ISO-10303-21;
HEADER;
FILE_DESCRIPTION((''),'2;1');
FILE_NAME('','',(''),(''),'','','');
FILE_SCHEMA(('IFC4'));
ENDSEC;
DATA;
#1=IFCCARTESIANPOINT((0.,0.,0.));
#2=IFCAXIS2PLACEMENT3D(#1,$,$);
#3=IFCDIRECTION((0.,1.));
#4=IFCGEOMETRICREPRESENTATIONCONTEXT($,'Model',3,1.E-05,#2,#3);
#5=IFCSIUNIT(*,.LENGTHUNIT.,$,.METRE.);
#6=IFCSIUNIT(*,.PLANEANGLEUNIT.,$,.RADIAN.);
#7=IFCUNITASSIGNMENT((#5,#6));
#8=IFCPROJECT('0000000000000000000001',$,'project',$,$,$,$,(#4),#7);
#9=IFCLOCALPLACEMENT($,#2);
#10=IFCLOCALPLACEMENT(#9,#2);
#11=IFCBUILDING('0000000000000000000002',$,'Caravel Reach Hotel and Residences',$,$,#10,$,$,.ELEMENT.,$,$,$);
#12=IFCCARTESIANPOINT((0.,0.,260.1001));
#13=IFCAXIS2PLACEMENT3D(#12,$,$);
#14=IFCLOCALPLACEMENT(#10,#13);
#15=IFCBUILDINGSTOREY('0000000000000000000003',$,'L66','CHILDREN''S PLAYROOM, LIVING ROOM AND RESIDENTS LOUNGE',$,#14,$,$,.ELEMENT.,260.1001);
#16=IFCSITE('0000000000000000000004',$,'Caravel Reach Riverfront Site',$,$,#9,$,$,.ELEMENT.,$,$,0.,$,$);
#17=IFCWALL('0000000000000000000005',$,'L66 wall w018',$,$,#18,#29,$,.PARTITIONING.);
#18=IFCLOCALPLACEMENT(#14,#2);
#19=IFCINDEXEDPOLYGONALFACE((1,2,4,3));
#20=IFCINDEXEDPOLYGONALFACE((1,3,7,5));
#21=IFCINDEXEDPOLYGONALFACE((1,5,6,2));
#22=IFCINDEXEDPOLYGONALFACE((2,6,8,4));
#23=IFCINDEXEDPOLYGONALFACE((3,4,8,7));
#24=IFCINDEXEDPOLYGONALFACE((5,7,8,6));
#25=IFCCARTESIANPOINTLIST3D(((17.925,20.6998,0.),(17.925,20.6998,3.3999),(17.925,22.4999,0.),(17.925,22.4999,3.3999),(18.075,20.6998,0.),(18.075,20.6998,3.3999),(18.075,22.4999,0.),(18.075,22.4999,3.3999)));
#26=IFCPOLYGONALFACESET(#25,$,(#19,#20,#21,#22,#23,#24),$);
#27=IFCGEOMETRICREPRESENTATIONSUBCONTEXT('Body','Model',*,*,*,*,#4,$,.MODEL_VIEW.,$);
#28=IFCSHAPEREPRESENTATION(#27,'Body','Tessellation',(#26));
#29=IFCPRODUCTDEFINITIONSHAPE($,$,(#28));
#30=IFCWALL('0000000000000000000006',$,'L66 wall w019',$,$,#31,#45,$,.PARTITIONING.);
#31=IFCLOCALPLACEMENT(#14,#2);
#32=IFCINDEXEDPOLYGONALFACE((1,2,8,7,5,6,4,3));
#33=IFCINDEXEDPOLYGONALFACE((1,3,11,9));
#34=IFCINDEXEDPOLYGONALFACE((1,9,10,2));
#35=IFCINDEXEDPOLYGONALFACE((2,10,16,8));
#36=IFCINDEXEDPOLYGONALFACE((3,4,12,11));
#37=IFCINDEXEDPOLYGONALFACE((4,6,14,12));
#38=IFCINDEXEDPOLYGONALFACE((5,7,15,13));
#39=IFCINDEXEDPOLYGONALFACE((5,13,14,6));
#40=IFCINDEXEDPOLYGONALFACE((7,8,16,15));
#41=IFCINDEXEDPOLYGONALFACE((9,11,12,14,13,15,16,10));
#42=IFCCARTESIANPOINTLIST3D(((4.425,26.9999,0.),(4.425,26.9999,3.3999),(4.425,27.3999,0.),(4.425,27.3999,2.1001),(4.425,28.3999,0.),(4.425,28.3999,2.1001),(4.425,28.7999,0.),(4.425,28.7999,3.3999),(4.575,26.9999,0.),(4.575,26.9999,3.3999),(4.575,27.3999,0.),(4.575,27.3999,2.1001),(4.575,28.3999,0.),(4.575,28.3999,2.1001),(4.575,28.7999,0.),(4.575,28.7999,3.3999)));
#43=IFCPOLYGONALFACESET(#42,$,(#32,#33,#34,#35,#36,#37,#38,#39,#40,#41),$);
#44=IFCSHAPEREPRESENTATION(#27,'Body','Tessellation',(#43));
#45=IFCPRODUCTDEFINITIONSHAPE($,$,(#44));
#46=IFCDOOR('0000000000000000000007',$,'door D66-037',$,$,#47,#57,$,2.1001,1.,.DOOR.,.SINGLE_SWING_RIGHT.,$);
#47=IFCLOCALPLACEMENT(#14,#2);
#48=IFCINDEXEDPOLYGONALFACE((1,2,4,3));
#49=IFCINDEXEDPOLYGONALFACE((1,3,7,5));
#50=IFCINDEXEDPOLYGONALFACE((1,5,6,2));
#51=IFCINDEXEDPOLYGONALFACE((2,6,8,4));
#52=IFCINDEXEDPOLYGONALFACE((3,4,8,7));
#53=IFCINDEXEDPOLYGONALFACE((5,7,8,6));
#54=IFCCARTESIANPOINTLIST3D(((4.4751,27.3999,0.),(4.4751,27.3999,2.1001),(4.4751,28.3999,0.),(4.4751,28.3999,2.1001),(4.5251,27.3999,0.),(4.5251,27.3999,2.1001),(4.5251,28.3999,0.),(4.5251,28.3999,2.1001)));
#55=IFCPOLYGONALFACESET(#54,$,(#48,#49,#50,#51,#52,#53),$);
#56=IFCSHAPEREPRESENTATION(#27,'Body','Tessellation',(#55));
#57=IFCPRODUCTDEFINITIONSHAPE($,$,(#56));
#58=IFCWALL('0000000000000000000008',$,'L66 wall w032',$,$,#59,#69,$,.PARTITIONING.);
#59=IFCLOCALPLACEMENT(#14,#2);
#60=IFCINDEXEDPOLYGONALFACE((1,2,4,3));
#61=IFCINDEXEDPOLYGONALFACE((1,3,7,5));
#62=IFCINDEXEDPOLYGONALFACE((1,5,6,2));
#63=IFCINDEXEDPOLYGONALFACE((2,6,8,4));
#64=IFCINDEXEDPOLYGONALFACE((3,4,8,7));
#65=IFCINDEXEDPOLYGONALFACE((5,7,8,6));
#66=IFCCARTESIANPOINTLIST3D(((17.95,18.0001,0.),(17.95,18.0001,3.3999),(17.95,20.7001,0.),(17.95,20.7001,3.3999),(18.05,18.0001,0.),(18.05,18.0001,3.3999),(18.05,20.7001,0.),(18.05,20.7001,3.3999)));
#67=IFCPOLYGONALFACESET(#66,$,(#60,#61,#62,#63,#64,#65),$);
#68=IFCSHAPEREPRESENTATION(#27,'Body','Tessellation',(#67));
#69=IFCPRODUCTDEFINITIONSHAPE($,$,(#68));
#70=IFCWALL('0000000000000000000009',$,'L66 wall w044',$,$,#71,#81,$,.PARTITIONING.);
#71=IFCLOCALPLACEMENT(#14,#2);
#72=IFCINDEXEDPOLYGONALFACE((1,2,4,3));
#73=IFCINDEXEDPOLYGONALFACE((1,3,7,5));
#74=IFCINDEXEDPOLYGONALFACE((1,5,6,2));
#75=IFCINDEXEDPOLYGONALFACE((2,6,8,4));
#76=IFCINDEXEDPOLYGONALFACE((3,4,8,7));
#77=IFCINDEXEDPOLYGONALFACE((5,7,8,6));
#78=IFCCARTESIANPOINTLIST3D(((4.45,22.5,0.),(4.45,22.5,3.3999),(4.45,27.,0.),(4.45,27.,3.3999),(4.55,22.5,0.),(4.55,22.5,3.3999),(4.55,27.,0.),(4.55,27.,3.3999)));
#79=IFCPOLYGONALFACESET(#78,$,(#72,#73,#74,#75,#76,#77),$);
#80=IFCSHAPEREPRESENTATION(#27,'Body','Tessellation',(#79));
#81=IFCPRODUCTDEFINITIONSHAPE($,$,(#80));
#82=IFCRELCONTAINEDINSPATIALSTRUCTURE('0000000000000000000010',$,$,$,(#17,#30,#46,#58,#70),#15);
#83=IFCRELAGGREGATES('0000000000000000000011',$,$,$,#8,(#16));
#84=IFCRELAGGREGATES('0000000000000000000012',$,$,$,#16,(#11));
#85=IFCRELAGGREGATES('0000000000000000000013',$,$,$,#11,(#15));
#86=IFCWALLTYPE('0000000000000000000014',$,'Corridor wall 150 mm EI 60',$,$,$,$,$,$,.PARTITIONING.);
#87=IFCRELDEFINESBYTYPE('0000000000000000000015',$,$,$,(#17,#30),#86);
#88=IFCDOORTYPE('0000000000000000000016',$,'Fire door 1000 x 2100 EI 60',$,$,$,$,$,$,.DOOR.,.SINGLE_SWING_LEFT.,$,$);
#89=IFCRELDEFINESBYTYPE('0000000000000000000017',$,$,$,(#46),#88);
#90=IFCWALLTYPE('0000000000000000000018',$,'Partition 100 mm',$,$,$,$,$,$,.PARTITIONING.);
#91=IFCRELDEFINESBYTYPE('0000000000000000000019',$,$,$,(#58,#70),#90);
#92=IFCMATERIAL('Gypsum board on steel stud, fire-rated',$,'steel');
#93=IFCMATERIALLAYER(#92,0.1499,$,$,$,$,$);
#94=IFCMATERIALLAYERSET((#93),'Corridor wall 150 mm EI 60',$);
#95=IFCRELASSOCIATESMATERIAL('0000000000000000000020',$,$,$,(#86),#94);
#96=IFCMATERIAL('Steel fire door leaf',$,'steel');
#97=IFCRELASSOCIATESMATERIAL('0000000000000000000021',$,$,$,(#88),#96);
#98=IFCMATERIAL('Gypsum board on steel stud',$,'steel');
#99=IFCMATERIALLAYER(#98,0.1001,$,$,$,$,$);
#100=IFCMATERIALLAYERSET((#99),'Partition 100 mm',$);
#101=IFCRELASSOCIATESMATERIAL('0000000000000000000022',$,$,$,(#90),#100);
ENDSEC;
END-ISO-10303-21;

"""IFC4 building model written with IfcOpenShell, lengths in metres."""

from ifc_helpers import new_model, si_unit, direction, frame, frame_2d, origin, place, context, subcontext, project, spatial, rectangle, extrude, material, layer, layer_set, type_object, element, fill, save


model = new_model("IFC4")

# Units and contexts
model_context = context("Model", 3, precision=1e-05, world=origin(), true_north=direction((0.0, 1.0)))
body_context = subcontext(model_context, "Body", "Model", "MODEL_VIEW")
ifc_project = project(units=[si_unit("LENGTHUNIT", "METRE"), si_unit("PLANEANGLEUNIT", "RADIAN")], contexts=[model_context])

# Site, building, storey
site_placement = place(None, origin())
site = spatial("IfcSite", under=ifc_project, at=site_placement, Name="Caravel Reach Riverfront Site", CompositionType="ELEMENT", RefElevation=0.0)
building_placement = place(site_placement, origin())
building = spatial("IfcBuilding", under=site, at=building_placement, Name="Caravel Reach Hotel and Residences", CompositionType="ELEMENT")
storey_placement = place(building_placement, frame((0.0, 0.0, 260.1001)))
storey = spatial("IfcBuildingStorey", under=building, at=storey_placement, Name="L66", Description="CHILDREN'S PLAYROOM, LIVING ROOM AND RESIDENTS LOUNGE", CompositionType="ELEMENT", Elevation=260.1001)

# Shared definitions
ifc_material_1 = material(Name="Gypsum board on steel stud, fire-rated", Category="steel")
ifc_layer_1 = layer(ifc_material_1, 0.1499)
ifc_layer_set_1 = layer_set([ifc_layer_1], Name="Corridor wall 150 mm EI 60")
wall_type_1 = type_object("IfcWallType", Name="Corridor wall 150 mm EI 60", PredefinedType="PARTITIONING", material=ifc_layer_set_1)
ifc_material_2 = material(Name="Steel fire door leaf", Category="steel")
door_type_1 = type_object("IfcDoorType", Name="Fire door 1000 x 2100 EI 60", OperationType="SINGLE_SWING_LEFT", PredefinedType="DOOR", material=ifc_material_2)

# Wall
wall_1_placement = place(storey_placement, frame((18.0, 20.7, 0.0), z_axis=(0.0, 0.0, 1.0), x_axis=(0.0, 1.0, 0.0)))
element("IfcWall", 1, at=wall_1_placement, inside=storey, type_object=wall_type_1, Name="L66 wall w018", PredefinedType="PARTITIONING", context=body_context, shape_type="SweptSolid", body=[
    extrude(rectangle(XDim=1.8, YDim=0.1499, at=frame_2d((0.8999, 0.0))), origin(), (0.0, 0.0, 1.0), 3.3999),
])

# Wall, opening, door
wall_2_placement = place(storey_placement, frame((4.5, 27.0, 0.0), z_axis=(0.0, 0.0, 1.0), x_axis=(0.0, 1.0, 0.0)))
wall_2 = element("IfcWall", 2, at=wall_2_placement, inside=storey, type_object=wall_type_1, Name="L66 wall w019", PredefinedType="PARTITIONING", context=body_context, shape_type="SweptSolid", body=[
    extrude(rectangle(XDim=1.8, YDim=0.1499, at=frame_2d((0.8999, 0.0))), origin(), (0.0, 0.0, 1.0), 3.3999),
])
opening_1_placement = place(wall_2_placement, frame((0.3999, 0.0, 0.0)))
opening_1 = element("IfcOpeningElement", 3, at=opening_1_placement, cuts=wall_2, PredefinedType="OPENING", context=body_context, shape_type="SweptSolid", body=[
    extrude(rectangle(XDim=1.0, YDim=2.1001, at=frame_2d((0.5, 1.05))), frame((0.0, 0.085, 0.0), z_axis=(0.0, -1.0, 0.0), x_axis=(1.0, 0.0, 0.0)), (0.0, 0.0, 1.0), 0.1699),
])
door_1_placement = place(opening_1_placement, origin())
door_1 = element("IfcDoor", 4, at=door_1_placement, inside=storey, type_object=door_type_1, Name="door D66-037", OperationType="SINGLE_SWING_RIGHT", OverallHeight=2.1001, OverallWidth=1.0, PredefinedType="DOOR", context=body_context, shape_type="SweptSolid", body=[
    extrude(rectangle(XDim=1.0, YDim=2.1001, at=frame_2d((0.5, 1.05))), frame((0.0, 0.0249, 0.0), z_axis=(0.0, -1.0, 0.0), x_axis=(1.0, 0.0, 0.0)), (0.0, 0.0, 1.0), 0.05),
])
fill(opening_1, door_1)

# Walls
ifc_material_3 = material(Name="Gypsum board on steel stud", Category="steel")
ifc_layer_2 = layer(ifc_material_3, 0.1001)
ifc_layer_set_2 = layer_set([ifc_layer_2], Name="Partition 100 mm")
wall_type_2 = type_object("IfcWallType", Name="Partition 100 mm", PredefinedType="PARTITIONING", material=ifc_layer_set_2)
wall_3_placement = place(storey_placement, frame((18.0, 18.0, 0.0), z_axis=(0.0, 0.0, 1.0), x_axis=(0.0, 1.0, 0.0)))
element("IfcWall", 5, at=wall_3_placement, inside=storey, type_object=wall_type_2, Name="L66 wall w032", PredefinedType="PARTITIONING", context=body_context, shape_type="SweptSolid", body=[
    extrude(rectangle(XDim=2.7, YDim=0.1001, at=frame_2d((1.3501, 0.0))), origin(), (0.0, 0.0, 1.0), 3.3999),
])
wall_4_placement = place(storey_placement, frame((4.5, 22.5, 0.0), z_axis=(0.0, 0.0, 1.0), x_axis=(0.0, 1.0, 0.0)))
element("IfcWall", 6, at=wall_4_placement, inside=storey, type_object=wall_type_2, Name="L66 wall w044", PredefinedType="PARTITIONING", context=body_context, shape_type="SweptSolid", body=[
    extrude(rectangle(XDim=4.5, YDim=0.1001, at=frame_2d((2.25, 0.0))), origin(), (0.0, 0.0, 1.0), 3.3999),
])

save(model, "model.ifc")
